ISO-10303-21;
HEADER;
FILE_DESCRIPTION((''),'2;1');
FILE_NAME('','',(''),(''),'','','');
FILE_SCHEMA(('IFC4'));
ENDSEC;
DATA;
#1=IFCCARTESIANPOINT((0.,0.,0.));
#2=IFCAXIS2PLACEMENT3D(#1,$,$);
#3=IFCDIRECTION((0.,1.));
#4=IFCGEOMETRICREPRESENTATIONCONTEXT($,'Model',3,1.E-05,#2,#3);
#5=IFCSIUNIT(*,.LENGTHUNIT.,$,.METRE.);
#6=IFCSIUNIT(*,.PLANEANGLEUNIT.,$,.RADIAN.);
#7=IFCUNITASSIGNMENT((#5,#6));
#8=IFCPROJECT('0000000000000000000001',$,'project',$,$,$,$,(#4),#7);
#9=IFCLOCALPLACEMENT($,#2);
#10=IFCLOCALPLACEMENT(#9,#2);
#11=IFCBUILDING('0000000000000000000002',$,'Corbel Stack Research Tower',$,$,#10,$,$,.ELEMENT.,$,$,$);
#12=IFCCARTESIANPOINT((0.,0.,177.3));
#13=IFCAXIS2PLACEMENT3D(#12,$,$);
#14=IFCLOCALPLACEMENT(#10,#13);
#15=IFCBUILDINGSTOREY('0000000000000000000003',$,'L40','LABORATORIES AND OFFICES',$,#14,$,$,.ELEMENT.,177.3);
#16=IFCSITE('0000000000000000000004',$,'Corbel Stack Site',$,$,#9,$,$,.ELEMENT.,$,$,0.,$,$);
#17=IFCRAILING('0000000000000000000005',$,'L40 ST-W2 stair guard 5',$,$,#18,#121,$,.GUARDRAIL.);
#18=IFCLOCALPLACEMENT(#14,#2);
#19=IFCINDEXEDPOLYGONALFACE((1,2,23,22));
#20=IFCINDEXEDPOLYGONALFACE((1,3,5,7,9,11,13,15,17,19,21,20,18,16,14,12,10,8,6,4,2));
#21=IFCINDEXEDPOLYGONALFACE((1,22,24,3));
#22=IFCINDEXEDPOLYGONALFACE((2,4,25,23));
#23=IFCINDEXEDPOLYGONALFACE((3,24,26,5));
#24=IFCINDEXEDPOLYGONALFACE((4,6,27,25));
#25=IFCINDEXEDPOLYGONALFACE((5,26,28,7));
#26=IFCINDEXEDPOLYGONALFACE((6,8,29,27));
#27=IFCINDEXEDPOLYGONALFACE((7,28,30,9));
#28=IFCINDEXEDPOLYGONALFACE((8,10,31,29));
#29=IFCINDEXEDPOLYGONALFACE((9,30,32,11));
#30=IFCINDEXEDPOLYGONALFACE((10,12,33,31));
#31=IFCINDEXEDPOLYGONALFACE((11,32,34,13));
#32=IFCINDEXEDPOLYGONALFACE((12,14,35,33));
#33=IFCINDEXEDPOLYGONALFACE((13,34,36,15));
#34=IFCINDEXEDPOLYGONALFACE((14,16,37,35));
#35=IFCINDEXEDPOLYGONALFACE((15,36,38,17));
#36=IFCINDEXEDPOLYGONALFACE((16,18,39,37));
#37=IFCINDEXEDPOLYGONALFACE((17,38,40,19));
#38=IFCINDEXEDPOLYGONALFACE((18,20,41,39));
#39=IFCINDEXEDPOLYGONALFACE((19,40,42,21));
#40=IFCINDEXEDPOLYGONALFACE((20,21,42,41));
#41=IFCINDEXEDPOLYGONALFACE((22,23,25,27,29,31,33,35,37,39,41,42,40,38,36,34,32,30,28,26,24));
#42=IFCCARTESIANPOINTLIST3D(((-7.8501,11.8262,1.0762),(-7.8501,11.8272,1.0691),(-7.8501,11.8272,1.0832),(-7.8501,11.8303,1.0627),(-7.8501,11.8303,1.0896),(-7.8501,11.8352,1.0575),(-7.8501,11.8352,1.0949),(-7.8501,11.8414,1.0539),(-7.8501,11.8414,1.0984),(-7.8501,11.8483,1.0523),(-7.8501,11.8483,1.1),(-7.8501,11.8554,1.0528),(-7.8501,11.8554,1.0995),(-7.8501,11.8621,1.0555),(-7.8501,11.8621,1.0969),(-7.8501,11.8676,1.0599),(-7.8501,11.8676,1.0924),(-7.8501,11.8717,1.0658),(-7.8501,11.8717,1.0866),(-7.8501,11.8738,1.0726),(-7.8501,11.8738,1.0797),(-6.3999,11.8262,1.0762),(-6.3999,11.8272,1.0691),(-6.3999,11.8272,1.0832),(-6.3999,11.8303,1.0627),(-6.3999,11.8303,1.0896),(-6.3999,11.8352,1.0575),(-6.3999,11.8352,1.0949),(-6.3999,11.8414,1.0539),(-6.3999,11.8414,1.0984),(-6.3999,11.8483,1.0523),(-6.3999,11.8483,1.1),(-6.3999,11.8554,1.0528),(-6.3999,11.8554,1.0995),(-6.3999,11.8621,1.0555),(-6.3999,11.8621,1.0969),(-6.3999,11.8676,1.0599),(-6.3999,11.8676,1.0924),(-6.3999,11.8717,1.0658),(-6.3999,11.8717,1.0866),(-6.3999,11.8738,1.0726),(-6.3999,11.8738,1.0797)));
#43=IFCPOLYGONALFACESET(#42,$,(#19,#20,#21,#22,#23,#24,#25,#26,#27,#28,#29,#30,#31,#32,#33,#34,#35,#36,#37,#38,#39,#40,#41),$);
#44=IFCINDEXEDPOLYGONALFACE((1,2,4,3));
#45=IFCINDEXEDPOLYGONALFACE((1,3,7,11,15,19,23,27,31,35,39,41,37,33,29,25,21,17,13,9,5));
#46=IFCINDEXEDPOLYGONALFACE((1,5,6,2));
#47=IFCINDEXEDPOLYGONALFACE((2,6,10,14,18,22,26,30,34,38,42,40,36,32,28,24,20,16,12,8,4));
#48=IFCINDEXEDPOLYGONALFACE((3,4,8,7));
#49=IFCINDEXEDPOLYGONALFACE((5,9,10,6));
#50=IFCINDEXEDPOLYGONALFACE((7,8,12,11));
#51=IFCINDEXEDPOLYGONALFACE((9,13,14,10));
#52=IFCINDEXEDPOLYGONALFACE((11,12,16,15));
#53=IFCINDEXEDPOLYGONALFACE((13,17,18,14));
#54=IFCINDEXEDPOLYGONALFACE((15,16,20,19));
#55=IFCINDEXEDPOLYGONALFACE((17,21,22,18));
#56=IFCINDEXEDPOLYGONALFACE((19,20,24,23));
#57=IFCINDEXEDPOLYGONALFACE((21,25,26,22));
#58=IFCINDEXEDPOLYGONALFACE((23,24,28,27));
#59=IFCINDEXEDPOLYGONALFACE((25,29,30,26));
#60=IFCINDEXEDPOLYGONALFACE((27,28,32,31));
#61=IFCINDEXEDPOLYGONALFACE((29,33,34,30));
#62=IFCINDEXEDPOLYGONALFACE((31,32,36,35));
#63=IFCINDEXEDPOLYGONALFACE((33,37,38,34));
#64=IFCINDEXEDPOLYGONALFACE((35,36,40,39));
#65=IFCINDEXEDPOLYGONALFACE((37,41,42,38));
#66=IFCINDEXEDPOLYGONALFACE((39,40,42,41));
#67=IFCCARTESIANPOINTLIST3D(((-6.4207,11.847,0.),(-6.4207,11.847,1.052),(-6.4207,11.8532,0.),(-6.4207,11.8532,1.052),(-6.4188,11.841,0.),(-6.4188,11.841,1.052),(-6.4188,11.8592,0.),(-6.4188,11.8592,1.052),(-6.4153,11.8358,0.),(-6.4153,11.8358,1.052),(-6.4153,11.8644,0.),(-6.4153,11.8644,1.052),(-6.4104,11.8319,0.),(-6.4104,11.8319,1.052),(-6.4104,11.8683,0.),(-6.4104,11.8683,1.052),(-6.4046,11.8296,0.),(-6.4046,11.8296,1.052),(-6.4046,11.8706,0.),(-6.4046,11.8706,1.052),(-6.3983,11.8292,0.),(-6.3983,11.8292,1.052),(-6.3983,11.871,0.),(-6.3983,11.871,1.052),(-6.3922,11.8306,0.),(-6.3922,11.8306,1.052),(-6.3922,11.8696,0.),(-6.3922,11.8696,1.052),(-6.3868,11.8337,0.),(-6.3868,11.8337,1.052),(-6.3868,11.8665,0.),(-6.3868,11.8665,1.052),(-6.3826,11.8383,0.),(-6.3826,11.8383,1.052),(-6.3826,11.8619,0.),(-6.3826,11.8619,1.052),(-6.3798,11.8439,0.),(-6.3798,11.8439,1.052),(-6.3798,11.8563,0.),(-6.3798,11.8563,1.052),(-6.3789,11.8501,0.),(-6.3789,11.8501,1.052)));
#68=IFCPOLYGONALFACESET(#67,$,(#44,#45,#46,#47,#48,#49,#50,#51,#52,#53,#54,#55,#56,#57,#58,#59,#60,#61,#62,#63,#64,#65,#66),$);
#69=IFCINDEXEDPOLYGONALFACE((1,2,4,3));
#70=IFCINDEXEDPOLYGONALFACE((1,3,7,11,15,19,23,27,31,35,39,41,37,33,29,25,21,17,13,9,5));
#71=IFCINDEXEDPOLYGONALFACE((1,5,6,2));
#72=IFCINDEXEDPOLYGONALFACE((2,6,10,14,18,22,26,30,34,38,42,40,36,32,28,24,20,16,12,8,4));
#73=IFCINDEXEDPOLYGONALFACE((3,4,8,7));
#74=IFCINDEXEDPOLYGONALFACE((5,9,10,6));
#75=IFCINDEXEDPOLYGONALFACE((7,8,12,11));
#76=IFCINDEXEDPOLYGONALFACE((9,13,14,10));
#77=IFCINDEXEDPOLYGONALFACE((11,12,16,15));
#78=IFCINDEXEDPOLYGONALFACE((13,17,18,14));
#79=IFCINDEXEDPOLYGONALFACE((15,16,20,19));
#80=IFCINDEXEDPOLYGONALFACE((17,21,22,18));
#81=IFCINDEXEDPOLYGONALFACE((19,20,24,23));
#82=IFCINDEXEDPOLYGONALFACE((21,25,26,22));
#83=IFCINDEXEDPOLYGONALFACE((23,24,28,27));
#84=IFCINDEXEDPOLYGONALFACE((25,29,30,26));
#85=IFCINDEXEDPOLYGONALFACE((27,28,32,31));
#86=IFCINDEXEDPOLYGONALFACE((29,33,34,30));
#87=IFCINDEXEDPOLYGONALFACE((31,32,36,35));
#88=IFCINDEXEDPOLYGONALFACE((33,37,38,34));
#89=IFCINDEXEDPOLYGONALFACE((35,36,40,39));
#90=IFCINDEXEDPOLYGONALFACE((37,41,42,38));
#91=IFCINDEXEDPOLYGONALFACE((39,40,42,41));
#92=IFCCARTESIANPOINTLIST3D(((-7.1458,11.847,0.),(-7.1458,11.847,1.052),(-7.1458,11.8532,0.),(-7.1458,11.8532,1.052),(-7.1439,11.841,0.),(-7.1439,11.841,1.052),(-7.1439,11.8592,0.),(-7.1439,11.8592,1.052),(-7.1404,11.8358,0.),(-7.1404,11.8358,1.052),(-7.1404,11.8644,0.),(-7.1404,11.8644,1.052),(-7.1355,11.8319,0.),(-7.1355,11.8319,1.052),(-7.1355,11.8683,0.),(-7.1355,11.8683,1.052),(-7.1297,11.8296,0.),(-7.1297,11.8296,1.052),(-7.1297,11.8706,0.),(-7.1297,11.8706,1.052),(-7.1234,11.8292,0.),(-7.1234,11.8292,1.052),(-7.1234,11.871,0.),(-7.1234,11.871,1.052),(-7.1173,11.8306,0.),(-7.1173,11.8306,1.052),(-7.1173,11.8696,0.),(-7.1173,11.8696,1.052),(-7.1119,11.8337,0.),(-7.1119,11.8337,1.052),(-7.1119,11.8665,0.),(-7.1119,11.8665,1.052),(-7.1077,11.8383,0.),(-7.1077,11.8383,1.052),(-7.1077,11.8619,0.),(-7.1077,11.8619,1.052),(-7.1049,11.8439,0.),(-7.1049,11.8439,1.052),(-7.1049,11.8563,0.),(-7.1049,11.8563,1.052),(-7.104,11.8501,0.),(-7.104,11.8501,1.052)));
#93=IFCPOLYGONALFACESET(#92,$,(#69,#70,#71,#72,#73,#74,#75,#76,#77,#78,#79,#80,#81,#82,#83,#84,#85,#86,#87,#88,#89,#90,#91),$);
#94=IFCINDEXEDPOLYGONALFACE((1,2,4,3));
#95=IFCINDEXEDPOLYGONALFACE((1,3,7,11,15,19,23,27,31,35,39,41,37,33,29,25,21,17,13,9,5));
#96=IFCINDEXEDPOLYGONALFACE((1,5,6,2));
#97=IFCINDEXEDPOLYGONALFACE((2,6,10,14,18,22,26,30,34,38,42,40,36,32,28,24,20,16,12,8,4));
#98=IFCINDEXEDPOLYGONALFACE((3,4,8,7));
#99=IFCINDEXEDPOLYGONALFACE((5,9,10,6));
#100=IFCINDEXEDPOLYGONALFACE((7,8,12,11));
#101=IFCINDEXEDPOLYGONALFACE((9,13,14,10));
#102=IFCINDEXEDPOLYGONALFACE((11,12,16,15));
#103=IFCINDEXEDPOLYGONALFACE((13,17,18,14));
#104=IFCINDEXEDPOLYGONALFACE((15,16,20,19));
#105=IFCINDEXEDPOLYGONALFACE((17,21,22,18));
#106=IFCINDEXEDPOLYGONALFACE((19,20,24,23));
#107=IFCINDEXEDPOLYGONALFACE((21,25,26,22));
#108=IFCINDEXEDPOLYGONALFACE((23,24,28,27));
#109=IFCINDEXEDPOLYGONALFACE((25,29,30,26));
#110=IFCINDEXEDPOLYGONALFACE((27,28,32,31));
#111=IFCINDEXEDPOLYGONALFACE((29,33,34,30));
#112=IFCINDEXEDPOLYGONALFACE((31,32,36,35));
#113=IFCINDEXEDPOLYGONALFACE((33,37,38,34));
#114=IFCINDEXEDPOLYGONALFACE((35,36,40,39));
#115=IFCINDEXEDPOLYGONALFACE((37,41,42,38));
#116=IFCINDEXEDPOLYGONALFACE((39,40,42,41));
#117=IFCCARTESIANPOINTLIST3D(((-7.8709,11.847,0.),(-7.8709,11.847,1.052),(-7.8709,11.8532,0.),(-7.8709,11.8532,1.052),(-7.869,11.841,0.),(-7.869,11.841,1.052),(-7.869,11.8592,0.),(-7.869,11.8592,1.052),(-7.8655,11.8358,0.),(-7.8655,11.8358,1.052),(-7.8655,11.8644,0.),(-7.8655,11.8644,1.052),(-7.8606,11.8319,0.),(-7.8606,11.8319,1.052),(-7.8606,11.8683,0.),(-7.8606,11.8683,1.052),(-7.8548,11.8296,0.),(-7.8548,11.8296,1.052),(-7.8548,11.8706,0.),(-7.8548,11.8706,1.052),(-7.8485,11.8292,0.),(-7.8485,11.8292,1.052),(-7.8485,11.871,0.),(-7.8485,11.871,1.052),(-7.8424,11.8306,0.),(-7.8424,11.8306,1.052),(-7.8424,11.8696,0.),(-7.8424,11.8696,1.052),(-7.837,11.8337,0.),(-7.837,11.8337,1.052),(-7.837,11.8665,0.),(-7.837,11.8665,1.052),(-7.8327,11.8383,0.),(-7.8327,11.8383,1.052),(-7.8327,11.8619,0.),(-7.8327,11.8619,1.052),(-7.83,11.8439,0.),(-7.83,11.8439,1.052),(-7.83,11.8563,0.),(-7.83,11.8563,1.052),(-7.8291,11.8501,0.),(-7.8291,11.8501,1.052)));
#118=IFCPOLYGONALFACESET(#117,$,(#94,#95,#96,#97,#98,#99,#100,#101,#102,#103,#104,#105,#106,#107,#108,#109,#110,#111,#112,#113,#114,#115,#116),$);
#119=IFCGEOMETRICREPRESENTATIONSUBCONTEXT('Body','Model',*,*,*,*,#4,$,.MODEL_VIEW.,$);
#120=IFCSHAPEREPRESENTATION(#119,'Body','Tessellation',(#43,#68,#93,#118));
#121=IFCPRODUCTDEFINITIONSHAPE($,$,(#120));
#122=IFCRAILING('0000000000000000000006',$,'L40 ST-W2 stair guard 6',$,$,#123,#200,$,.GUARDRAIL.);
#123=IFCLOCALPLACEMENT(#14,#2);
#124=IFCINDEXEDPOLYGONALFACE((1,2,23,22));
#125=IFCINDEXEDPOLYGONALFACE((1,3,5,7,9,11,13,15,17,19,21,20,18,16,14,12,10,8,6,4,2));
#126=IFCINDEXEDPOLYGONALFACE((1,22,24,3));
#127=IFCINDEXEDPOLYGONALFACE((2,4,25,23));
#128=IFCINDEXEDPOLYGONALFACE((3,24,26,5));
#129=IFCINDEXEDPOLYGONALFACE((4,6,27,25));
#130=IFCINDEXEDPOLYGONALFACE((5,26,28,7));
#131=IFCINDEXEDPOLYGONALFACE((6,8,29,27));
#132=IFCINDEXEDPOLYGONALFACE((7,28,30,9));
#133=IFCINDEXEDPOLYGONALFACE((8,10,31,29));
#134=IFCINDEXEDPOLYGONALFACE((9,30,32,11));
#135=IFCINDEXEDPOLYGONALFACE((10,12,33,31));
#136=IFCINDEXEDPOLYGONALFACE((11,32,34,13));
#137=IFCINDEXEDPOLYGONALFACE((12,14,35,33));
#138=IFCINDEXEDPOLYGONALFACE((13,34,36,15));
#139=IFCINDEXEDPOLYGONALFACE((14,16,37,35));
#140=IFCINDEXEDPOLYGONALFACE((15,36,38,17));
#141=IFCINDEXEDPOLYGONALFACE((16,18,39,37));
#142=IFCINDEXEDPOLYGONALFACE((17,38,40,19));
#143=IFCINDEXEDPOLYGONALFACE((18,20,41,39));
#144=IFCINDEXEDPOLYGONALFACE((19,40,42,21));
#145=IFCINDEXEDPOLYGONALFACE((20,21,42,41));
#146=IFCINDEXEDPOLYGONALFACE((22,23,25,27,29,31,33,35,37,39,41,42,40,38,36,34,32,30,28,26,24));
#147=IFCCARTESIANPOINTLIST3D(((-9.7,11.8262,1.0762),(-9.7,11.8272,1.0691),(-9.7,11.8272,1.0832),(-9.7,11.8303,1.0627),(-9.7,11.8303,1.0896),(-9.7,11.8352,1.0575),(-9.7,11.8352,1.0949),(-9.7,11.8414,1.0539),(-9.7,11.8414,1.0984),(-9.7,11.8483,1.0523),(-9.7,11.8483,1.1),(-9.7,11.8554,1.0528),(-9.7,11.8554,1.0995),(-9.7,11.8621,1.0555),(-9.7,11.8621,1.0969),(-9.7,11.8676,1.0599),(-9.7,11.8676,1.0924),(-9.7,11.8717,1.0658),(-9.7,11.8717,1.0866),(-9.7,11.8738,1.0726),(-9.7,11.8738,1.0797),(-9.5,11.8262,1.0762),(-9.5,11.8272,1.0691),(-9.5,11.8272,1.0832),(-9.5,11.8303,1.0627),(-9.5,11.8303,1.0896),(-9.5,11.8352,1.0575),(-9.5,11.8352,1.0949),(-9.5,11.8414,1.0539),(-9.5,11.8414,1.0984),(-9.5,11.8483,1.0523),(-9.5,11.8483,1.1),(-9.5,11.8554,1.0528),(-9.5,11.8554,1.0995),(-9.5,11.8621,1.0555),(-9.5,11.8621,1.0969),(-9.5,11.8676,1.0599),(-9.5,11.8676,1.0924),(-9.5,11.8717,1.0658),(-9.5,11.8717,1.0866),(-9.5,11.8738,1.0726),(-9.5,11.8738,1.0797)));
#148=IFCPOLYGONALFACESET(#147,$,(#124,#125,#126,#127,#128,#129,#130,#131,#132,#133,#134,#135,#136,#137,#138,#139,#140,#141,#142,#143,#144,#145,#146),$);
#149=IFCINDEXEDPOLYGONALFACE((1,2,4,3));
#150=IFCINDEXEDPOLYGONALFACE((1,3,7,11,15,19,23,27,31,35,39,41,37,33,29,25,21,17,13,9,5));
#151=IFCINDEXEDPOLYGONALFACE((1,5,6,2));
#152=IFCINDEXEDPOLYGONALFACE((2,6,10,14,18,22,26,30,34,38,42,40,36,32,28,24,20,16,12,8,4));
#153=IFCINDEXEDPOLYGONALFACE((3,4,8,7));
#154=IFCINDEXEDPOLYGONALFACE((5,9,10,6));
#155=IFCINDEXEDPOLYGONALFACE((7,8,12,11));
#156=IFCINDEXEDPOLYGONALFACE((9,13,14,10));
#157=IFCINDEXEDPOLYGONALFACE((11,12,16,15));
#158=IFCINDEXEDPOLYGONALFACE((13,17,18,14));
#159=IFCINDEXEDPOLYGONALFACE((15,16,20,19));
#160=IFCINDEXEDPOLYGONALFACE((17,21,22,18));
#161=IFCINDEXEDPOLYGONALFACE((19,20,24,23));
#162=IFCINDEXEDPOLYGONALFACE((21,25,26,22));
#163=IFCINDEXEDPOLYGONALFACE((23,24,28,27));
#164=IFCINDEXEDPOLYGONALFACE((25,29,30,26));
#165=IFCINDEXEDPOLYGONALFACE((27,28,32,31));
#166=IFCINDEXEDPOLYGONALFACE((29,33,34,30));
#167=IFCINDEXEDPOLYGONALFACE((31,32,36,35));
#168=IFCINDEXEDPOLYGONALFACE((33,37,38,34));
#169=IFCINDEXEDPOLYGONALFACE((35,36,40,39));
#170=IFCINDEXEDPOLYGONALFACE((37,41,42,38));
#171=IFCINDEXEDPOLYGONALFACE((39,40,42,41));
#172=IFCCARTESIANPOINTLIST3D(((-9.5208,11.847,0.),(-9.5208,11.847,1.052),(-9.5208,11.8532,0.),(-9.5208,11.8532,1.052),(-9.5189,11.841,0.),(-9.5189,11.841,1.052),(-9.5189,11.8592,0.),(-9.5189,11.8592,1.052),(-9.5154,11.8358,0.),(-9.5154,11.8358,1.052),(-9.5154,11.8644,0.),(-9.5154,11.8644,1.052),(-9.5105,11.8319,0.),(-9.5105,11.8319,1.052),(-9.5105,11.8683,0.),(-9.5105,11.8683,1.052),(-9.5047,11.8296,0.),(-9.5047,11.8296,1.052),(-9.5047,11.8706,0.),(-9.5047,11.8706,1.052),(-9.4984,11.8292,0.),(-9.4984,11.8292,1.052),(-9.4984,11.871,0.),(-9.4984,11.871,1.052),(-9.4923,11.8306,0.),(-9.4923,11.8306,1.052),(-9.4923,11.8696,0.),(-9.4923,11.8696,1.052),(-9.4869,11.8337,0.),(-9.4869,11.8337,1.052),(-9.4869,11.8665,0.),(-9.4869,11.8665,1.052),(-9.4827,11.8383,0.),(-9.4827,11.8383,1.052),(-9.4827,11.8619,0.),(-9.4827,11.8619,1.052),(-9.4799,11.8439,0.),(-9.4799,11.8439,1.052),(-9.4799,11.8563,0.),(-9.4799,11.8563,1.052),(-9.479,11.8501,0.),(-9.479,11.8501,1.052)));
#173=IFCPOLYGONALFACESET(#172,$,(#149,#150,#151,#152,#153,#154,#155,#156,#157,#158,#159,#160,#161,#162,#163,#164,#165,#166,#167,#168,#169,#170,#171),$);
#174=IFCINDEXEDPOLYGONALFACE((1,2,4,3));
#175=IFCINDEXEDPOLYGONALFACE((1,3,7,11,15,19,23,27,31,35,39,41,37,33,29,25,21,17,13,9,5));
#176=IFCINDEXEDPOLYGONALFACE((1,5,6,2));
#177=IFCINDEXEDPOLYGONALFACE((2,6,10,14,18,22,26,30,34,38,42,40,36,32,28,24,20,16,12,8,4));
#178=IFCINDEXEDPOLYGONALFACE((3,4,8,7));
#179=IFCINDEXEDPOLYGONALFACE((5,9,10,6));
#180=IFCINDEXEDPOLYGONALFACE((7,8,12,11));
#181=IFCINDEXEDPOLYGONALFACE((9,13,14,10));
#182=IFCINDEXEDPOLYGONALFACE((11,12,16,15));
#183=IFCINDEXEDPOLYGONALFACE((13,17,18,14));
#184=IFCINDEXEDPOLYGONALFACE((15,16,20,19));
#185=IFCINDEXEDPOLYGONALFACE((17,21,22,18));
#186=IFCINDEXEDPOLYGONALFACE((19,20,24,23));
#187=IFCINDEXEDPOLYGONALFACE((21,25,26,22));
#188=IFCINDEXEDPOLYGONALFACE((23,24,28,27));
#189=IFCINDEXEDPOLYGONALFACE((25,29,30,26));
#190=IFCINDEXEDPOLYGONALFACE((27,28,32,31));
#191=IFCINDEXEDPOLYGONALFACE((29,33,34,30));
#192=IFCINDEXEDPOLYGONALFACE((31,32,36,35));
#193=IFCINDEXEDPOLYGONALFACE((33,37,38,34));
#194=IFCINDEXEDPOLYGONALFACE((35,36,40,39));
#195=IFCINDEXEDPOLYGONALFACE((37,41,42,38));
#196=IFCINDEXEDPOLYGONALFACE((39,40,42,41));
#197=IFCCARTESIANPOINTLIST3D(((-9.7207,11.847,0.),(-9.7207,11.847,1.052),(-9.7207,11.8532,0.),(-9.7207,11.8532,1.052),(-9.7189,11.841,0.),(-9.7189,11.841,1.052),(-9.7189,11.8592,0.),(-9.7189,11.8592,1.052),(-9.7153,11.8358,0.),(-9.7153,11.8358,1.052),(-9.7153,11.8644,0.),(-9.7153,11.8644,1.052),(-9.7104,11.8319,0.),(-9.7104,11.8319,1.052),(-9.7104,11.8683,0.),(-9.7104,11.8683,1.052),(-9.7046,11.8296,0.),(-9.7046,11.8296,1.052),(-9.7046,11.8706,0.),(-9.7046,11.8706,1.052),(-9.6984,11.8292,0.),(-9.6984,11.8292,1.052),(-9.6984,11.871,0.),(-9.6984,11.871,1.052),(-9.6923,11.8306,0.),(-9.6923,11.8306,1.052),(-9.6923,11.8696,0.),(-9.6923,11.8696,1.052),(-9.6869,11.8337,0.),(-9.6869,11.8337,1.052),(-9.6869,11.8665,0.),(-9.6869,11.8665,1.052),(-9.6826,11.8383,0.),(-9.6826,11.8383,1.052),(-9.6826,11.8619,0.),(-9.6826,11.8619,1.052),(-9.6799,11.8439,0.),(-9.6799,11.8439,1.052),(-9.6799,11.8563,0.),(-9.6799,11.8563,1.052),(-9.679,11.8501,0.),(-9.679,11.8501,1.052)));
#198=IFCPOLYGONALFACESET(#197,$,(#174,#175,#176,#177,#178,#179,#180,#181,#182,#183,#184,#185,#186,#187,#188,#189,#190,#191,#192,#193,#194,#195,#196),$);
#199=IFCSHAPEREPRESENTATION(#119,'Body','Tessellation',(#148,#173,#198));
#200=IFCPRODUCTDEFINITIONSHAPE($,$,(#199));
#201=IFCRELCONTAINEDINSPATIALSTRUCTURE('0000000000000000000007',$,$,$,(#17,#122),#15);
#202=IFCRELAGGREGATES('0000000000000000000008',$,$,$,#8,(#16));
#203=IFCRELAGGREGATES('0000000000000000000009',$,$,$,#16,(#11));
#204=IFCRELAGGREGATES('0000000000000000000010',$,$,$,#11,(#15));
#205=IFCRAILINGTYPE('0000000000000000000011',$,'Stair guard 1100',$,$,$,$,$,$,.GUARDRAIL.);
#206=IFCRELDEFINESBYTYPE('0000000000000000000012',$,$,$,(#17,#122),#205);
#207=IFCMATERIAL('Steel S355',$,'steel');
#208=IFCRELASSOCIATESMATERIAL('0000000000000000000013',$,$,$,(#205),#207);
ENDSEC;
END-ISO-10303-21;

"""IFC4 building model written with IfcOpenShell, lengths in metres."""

from ifc_helpers import new_model, si_unit, direction, frame, origin, origin_2d, place, context, subcontext, project, spatial, circle, extrude, material, type_object, element, save


model = new_model("IFC4")

# Units and contexts
model_context = context("Model", 3, precision=1e-05, world=origin(), true_north=direction((0.0, 1.0)))
body_context = subcontext(model_context, "Body", "Model", "MODEL_VIEW")
ifc_project = project(units=[si_unit("LENGTHUNIT", "METRE"), si_unit("PLANEANGLEUNIT", "RADIAN")], contexts=[model_context])

# Site, building, storey
site_placement = place(None, origin())
site = spatial("IfcSite", under=ifc_project, at=site_placement, Name="Corbel Stack Site", CompositionType="ELEMENT", RefElevation=0.0)
building_placement = place(site_placement, origin())
building = spatial("IfcBuilding", under=site, at=building_placement, Name="Corbel Stack Research Tower", CompositionType="ELEMENT")
storey_placement = place(building_placement, frame((0.0, 0.0, 177.3)))
storey = spatial("IfcBuildingStorey", under=building, at=storey_placement, Name="L40", Description="LABORATORIES AND OFFICES", CompositionType="ELEMENT", Elevation=177.3)

# Railings
ifc_material_1 = material(Name="Steel S355", Category="steel")
railing_type_1 = type_object("IfcRailingType", Name="Stair guard 1100", PredefinedType="GUARDRAIL", material=ifc_material_1)
railing_1_placement = place(storey_placement, frame((-6.3999, 11.8501, 0.0)))
element("IfcRailing", 1, at=railing_1_placement, inside=storey, type_object=railing_type_1, Name="L40 ST-W2 stair guard 5", PredefinedType="GUARDRAIL", context=body_context, shape_type="SweptSolid", body=[
    extrude(circle(Radius=0.0239, at=origin_2d()), frame((0.0, 0.0, 1.0762), z_axis=(-1.0, 0.0, 0.0), x_axis=(0.0, -1.0, 0.0)), (0.0, 0.0, 1.0), 1.4502),
    extrude(circle(Radius=0.021, at=origin_2d()), origin(), (0.0, 0.0, 1.0), 1.052),
    extrude(circle(Radius=0.021, at=origin_2d()), frame((-0.7251, 0.0, 0.0)), (0.0, 0.0, 1.0), 1.052),
    extrude(circle(Radius=0.021, at=origin_2d()), frame((-1.4502, 0.0, 0.0)), (0.0, 0.0, 1.0), 1.052),
])
railing_2_placement = place(storey_placement, frame((-9.5, 11.8501, 0.0)))
element("IfcRailing", 2, at=railing_2_placement, inside=storey, type_object=railing_type_1, Name="L40 ST-W2 stair guard 6", PredefinedType="GUARDRAIL", context=body_context, shape_type="SweptSolid", body=[
    extrude(circle(Radius=0.0239, at=origin_2d()), frame((0.0, 0.0, 1.0762), z_axis=(-1.0, 0.0, 0.0), x_axis=(0.0, -1.0, 0.0)), (0.0, 0.0, 1.0), 0.2),
    extrude(circle(Radius=0.021, at=origin_2d()), origin(), (0.0, 0.0, 1.0), 1.052),
    extrude(circle(Radius=0.021, at=origin_2d()), frame((-0.2, 0.0, 0.0)), (0.0, 0.0, 1.0), 1.052),
])

save(model, "model.ifc")
